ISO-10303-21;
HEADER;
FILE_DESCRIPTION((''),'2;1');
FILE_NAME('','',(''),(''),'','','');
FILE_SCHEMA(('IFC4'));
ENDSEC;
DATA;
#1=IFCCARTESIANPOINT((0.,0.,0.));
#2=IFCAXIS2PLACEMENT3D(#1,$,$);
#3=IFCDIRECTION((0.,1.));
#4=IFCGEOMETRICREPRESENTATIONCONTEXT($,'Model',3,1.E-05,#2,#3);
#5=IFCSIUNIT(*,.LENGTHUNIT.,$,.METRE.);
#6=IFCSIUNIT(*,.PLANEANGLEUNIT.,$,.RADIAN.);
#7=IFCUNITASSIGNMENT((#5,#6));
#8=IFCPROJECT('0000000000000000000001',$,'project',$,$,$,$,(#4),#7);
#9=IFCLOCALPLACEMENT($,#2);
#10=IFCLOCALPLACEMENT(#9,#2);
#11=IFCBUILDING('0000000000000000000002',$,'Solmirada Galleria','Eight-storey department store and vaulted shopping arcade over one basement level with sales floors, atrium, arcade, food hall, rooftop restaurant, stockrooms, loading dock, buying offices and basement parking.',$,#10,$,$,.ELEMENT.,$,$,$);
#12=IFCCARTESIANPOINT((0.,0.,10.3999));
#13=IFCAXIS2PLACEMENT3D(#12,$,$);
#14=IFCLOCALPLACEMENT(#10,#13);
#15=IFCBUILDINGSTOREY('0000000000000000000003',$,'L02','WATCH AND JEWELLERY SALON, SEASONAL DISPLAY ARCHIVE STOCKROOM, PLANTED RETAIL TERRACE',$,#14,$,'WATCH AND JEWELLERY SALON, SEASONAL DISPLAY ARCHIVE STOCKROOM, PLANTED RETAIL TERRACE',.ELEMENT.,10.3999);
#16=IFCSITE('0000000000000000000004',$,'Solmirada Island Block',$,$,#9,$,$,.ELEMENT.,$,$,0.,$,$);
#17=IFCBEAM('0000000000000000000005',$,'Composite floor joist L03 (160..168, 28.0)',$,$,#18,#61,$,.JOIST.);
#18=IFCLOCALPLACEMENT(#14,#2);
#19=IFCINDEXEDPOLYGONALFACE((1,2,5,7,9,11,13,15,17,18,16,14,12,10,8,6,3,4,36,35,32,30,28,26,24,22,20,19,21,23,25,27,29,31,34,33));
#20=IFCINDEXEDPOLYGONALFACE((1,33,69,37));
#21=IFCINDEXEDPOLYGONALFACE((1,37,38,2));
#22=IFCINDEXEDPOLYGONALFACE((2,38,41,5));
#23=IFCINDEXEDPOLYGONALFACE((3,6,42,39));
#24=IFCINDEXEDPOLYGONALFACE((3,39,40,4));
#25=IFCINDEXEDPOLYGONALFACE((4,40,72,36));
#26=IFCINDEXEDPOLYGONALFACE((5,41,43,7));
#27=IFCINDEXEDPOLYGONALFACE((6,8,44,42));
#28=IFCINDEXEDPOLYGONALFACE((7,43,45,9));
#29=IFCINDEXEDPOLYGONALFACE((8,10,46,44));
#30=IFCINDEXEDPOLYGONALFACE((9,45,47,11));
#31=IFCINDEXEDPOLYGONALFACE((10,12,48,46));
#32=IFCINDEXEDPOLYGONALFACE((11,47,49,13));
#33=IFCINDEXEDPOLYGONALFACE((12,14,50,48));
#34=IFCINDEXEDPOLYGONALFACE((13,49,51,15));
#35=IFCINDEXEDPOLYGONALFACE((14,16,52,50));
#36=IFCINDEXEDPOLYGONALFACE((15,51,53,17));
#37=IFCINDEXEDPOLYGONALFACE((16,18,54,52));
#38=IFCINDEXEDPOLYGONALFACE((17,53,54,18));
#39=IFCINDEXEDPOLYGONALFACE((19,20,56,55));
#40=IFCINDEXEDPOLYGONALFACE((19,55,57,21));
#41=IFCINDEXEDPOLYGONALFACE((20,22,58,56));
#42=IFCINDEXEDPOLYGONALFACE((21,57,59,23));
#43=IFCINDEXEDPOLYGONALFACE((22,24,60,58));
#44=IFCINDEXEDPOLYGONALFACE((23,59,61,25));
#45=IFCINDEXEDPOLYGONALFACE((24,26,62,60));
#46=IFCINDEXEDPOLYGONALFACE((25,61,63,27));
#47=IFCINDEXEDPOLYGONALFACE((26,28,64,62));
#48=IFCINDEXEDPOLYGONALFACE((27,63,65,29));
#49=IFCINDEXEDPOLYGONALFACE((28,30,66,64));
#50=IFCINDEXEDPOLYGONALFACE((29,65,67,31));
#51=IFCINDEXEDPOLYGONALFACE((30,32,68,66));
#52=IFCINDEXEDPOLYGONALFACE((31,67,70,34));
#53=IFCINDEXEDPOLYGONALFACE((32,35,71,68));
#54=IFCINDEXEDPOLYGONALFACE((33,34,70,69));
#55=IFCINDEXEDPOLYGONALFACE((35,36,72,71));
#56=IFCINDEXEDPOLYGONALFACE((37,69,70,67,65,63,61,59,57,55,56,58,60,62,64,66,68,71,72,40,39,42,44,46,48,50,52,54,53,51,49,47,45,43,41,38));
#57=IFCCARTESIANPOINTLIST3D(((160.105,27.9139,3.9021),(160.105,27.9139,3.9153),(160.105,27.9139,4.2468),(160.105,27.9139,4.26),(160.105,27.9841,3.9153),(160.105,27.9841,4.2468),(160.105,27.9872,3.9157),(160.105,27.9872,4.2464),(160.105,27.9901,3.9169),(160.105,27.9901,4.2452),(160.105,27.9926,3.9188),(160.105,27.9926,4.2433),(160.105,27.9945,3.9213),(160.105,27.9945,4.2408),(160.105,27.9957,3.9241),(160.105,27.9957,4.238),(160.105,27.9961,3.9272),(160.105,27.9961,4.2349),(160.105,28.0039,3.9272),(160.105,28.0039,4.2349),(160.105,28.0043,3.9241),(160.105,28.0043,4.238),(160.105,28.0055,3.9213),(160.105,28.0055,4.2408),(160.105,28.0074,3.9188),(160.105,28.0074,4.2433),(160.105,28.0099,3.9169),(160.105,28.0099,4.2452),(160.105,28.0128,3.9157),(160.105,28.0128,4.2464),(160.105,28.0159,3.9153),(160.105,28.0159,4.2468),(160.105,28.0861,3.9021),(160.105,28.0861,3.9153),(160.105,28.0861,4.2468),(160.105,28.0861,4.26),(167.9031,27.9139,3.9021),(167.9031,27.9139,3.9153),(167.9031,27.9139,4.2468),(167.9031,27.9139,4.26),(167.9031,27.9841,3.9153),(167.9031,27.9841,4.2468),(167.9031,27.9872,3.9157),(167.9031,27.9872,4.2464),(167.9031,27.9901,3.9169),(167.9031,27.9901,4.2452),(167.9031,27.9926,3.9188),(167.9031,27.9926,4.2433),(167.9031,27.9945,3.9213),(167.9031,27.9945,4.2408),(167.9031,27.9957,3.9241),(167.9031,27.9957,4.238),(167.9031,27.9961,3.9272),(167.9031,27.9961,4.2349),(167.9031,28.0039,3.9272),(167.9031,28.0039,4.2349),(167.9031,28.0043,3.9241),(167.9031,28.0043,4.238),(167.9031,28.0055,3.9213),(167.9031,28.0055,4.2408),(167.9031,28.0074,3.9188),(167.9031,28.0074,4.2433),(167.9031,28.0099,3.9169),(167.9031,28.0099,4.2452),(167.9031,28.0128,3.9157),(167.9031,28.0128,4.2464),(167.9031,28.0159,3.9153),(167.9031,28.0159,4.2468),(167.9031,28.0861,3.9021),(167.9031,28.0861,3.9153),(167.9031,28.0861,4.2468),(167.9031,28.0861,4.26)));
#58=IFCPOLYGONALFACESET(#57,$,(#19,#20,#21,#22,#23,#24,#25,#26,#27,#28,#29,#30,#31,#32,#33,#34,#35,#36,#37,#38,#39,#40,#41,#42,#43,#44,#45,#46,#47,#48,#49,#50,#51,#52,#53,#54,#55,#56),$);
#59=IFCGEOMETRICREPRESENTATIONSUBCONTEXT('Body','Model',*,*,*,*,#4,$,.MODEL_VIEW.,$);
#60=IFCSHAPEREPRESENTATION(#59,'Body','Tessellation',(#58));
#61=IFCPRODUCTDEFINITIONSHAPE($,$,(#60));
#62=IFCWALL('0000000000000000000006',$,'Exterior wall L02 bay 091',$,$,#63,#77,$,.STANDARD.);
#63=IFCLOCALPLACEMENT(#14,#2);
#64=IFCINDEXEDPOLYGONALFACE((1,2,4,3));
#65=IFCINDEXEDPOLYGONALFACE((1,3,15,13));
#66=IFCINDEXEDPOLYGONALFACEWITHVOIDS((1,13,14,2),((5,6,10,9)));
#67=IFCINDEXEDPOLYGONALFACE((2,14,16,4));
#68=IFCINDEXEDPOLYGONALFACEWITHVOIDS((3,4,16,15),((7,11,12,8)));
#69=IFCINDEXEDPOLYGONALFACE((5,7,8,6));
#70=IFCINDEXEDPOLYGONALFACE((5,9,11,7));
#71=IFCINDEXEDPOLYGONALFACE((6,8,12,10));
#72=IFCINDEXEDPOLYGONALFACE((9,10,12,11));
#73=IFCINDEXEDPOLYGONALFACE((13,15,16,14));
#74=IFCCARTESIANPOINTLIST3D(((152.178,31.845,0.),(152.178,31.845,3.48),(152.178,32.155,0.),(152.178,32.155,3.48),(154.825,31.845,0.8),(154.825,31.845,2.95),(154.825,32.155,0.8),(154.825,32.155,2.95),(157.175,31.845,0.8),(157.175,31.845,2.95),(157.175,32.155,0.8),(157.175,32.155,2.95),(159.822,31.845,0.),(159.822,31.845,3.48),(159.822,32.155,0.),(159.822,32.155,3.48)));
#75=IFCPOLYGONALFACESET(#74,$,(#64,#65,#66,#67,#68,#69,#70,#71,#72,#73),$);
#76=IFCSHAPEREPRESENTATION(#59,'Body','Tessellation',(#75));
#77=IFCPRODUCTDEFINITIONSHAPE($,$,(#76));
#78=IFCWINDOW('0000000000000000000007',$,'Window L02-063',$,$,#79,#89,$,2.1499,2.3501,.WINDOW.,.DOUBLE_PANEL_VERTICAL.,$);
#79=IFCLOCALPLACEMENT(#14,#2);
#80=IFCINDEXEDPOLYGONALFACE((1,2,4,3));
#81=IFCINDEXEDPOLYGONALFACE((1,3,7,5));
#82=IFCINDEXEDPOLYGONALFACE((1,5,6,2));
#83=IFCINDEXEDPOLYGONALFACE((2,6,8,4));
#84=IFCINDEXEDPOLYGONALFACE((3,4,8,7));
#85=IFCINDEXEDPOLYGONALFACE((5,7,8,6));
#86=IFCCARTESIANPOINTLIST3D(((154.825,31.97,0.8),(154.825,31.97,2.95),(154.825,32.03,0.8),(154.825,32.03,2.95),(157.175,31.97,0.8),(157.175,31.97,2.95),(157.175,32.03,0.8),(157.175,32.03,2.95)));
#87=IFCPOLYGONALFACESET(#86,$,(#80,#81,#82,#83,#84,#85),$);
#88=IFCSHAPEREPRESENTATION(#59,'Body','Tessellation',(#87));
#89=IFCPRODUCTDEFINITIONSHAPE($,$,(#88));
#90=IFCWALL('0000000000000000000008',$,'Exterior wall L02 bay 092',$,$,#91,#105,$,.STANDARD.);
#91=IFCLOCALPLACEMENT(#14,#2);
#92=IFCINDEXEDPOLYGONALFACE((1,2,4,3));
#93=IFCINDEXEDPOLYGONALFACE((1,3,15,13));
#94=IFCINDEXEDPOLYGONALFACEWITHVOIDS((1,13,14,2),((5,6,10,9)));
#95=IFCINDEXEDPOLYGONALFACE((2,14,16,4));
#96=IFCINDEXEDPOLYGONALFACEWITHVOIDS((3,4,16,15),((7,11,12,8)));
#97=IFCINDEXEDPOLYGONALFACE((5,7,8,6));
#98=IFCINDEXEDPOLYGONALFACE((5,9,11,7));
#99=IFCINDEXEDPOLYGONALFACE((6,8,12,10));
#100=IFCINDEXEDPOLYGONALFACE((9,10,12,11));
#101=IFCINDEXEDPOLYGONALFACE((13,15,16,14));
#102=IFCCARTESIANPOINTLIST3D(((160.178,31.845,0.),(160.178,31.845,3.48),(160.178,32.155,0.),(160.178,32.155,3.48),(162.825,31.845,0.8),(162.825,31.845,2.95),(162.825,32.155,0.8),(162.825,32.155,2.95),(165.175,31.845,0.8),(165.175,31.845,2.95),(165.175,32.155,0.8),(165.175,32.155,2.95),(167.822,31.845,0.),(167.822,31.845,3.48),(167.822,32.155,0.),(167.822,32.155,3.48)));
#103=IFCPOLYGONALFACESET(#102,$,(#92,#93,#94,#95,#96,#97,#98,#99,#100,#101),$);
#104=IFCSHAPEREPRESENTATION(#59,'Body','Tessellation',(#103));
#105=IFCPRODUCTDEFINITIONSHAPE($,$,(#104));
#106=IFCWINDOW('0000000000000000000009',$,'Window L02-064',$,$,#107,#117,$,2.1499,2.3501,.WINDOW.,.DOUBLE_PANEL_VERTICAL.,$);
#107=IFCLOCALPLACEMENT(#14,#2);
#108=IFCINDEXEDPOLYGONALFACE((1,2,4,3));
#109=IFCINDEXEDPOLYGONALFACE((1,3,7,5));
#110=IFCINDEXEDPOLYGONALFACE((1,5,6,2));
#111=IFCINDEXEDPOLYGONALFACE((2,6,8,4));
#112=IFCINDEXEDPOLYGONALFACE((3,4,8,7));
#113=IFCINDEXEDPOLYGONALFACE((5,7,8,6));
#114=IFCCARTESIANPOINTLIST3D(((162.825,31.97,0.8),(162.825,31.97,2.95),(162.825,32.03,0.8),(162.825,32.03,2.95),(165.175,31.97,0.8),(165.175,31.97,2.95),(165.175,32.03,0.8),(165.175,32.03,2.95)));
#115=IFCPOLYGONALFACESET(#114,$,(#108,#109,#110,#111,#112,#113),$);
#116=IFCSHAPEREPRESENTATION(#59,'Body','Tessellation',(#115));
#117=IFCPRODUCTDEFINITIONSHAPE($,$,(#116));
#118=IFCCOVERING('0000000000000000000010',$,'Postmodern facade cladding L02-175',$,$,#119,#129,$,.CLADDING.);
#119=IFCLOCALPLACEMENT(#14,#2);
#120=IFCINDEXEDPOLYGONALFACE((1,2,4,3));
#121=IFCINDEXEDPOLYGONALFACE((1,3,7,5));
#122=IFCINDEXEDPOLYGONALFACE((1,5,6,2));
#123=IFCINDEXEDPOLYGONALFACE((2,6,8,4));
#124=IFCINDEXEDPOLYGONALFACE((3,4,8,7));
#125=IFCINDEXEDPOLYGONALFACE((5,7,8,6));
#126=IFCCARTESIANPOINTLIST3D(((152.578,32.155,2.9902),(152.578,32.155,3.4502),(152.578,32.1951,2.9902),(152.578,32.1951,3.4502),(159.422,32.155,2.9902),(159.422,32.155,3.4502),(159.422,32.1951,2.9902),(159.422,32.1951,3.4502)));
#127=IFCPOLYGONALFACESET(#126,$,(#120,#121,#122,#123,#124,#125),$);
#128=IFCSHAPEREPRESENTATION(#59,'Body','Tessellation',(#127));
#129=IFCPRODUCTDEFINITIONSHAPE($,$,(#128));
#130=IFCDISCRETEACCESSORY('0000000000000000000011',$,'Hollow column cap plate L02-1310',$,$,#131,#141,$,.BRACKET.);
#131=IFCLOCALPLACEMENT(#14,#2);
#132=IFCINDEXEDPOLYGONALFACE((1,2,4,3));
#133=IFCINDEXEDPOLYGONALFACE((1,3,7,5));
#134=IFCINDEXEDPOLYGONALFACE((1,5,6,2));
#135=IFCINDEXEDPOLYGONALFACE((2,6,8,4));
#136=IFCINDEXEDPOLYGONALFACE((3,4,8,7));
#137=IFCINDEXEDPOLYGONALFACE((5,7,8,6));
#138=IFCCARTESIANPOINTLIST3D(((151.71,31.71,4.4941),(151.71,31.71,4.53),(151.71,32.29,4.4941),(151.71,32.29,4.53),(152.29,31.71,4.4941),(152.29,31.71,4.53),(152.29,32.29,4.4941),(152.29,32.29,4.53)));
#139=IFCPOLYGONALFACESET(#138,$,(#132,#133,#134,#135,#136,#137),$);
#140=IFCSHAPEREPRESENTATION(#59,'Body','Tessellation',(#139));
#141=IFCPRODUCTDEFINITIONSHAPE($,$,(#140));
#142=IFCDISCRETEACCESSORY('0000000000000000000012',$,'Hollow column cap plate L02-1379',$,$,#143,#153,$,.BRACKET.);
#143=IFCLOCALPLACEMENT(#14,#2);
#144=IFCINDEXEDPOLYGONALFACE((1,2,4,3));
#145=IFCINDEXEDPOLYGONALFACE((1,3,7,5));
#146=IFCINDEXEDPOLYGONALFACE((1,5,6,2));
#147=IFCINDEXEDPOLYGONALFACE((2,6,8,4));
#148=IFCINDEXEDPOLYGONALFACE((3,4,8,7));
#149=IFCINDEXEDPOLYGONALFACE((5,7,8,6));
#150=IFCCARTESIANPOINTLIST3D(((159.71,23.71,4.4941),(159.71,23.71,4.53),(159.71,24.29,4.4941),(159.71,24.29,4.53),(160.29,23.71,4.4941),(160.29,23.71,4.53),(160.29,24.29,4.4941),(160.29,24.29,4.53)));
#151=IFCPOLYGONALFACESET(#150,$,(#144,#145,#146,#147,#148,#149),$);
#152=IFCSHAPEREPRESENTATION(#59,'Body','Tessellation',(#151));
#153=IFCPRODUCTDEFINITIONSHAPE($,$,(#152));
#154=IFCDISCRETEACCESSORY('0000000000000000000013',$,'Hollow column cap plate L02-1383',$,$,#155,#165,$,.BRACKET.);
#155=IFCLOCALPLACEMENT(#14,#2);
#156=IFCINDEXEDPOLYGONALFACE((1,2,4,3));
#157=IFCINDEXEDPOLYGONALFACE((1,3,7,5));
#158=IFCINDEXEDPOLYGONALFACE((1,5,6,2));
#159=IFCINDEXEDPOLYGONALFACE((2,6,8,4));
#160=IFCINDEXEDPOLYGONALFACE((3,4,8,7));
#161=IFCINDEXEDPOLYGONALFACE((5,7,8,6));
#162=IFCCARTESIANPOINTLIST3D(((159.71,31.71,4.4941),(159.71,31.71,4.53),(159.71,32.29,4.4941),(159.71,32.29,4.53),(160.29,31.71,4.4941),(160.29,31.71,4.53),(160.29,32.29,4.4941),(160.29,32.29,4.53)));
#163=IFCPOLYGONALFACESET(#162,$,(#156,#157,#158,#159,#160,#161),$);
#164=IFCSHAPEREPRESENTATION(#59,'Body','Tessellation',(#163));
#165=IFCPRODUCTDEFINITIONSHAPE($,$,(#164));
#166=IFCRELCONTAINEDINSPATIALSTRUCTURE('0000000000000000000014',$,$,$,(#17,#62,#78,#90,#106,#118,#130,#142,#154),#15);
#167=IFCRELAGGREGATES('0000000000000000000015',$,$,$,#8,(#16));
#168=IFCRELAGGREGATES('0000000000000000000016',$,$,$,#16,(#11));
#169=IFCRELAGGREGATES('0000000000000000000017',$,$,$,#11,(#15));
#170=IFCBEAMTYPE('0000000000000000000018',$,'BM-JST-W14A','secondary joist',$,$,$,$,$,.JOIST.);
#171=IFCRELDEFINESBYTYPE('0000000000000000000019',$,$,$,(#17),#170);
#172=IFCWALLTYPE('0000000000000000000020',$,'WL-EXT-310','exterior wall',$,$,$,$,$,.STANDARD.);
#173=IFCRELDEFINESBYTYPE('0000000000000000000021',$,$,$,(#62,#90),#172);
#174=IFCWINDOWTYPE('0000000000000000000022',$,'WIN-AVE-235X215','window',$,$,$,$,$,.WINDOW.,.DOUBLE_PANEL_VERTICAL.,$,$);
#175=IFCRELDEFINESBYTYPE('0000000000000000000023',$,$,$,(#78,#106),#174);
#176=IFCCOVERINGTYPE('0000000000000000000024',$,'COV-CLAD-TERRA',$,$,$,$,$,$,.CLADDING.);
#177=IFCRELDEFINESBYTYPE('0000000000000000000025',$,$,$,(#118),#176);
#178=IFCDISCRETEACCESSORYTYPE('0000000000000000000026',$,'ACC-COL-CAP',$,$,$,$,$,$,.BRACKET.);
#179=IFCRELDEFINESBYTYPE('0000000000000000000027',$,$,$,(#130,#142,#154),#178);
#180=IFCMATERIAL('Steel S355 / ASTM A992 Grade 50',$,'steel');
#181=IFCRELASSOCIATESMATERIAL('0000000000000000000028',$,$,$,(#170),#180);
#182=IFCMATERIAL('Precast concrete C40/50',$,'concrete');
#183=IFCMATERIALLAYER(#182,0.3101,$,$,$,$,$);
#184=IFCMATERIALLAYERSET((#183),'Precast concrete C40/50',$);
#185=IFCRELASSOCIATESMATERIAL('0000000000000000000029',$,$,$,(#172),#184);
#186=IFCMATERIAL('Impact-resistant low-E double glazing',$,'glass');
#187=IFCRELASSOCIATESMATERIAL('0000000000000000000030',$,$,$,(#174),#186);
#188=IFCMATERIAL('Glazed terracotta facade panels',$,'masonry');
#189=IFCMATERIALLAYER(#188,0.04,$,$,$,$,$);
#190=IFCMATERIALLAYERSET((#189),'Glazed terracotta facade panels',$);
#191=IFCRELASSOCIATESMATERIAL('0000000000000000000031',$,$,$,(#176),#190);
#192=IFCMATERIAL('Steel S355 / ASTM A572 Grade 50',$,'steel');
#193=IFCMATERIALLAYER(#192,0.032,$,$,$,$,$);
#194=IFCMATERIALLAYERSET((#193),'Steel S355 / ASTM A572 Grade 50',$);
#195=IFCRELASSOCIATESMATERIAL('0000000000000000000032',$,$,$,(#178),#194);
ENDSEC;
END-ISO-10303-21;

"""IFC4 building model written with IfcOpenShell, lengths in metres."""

from ifc_helpers import new_model, si_unit, direction, frame, frame_2d, origin, origin_2d, place, context, subcontext, project, spatial, rectangle, i_section, extrude, material, layer, layer_set, material_profile, profile_set, type_object, element, fill, save


model = new_model("IFC4")

# Units and contexts
model_context = context("Model", 3, precision=1e-05, world=origin(), true_north=direction((0.0, 1.0)))
body_context = subcontext(model_context, "Body", "Model", "MODEL_VIEW")
ifc_project = project(units=[si_unit("LENGTHUNIT", "METRE"), si_unit("PLANEANGLEUNIT", "RADIAN")], contexts=[model_context])

# Site, building, storey
site_placement = place(None, origin())
site = spatial("IfcSite", under=ifc_project, at=site_placement, Name="Solmirada Island Block", CompositionType="ELEMENT", RefElevation=0.0)
building_placement = place(site_placement, origin())
building = spatial("IfcBuilding", under=site, at=building_placement, Name="Solmirada Galleria", Description="Eight-storey department store and vaulted shopping arcade over one basement level with sales floors, atrium, arcade, food hall, rooftop restaurant, stockrooms, loading dock, buying offices and basement parking.", CompositionType="ELEMENT")
storey_placement = place(building_placement, frame((0.0, 0.0, 10.3999)))
storey = spatial("IfcBuildingStorey", under=building, at=storey_placement, Name="L02", Description="WATCH AND JEWELLERY SALON, SEASONAL DISPLAY ARCHIVE STOCKROOM, PLANTED RETAIL TERRACE", LongName="WATCH AND JEWELLERY SALON, SEASONAL DISPLAY ARCHIVE STOCKROOM, PLANTED RETAIL TERRACE", CompositionType="ELEMENT", Elevation=10.3999)

# Beam
ifc_material_1 = material(Name="Steel S355 / ASTM A992 Grade 50", Category="steel")
ifc_material_profile_1 = material_profile(ifc_material_1, i_section(OverallWidth=0.1721, OverallDepth=0.3579, WebThickness=0.0078, FlangeThickness=0.0132, FilletRadius=0.012, at=origin_2d()), Name="W14X38")
ifc_profile_set_1 = profile_set([ifc_material_profile_1], Name="Steel S355 / ASTM A992 Grade 50")
beam_type_1 = type_object("IfcBeamType", Name="BM-JST-W14A", Description="secondary joist", PredefinedType="JOIST", material=ifc_profile_set_1)
for number, where, z_axis, x_axis, name in (
    (1, (160.105, 28.0, 4.0811), (1.0, 0.0, 0.0), (0.0, 1.0, 0.0), "Composite floor joist L03 (160..168, 28.0)"),
):
    element("IfcBeam", number, at=place(storey_placement, frame(where, z_axis=z_axis, x_axis=x_axis)), inside=storey, type_object=beam_type_1, Name=name, PredefinedType="JOIST", context=body_context, shape_type="SweptSolid", body=[
        extrude(i_section(OverallWidth=0.1721, OverallDepth=0.3579, WebThickness=0.0078, FlangeThickness=0.0132, FilletRadius=0.012, at=origin_2d()), origin(), (0.0, 0.0, 1.0), 7.7981),
    ])

# Walls, openings, windows
ifc_material_2 = material(Name="Precast concrete C40/50", Category="concrete")
ifc_layer_1 = layer(ifc_material_2, 0.3101)
ifc_layer_set_1 = layer_set([ifc_layer_1], Name="Precast concrete C40/50")
wall_type = type_object("IfcWallType", Name="WL-EXT-310", Description="exterior wall", PredefinedType="STANDARD", material=ifc_layer_set_1)
wall_1_placement = place(storey_placement, frame((152.178, 32.0, 0.0), z_axis=(0.0, 0.0, 1.0), x_axis=(1.0, 0.0, 0.0)))
wall_1 = element("IfcWall", 2, at=wall_1_placement, inside=storey, type_object=wall_type, Name="Exterior wall L02 bay 091", PredefinedType="STANDARD", context=body_context, shape_type="SweptSolid", body=[
    extrude(rectangle(XDim=7.644, YDim=0.3101, at=frame_2d((3.822, 0.0))), origin(), (0.0, 0.0, 1.0), 3.48),
])
opening_1_placement = place(wall_1_placement, frame((2.647, 0.0, 0.8)))
opening_1 = element("IfcOpeningElement", 3, at=opening_1_placement, cuts=wall_1, PredefinedType="OPENING", context=body_context, shape_type="SweptSolid", body=[
    extrude(rectangle(XDim=2.3501, YDim=2.1499, at=frame_2d((1.175, 1.075))), frame((0.0, 0.165, 0.0), z_axis=(0.0, -1.0, 0.0), x_axis=(1.0, 0.0, 0.0)), (0.0, 0.0, 1.0), 0.3301),
])
ifc_material_3 = material(Name="Impact-resistant low-E double glazing", Category="glass")
window_type = type_object("IfcWindowType", Name="WIN-AVE-235X215", Description="window", PartitioningType="DOUBLE_PANEL_VERTICAL", PredefinedType="WINDOW", material=ifc_material_3)
window_1_placement = place(opening_1_placement, origin())
window_1 = element("IfcWindow", 4, at=window_1_placement, inside=storey, type_object=window_type, Name="Window L02-063", OverallHeight=2.1499, OverallWidth=2.3501, PartitioningType="DOUBLE_PANEL_VERTICAL", PredefinedType="WINDOW", context=body_context, shape_type="SweptSolid", body=[
    extrude(rectangle(XDim=2.3501, YDim=2.1499, at=frame_2d((1.175, 1.075))), frame((0.0, 0.03, 0.0), z_axis=(0.0, -1.0, 0.0), x_axis=(1.0, 0.0, 0.0)), (0.0, 0.0, 1.0), 0.0601),
])
fill(opening_1, window_1)
wall_2_placement = place(storey_placement, frame((160.178, 32.0, 0.0), z_axis=(0.0, 0.0, 1.0), x_axis=(1.0, 0.0, 0.0)))
wall_2 = element("IfcWall", 5, at=wall_2_placement, inside=storey, type_object=wall_type, Name="Exterior wall L02 bay 092", PredefinedType="STANDARD", context=body_context, shape_type="SweptSolid", body=[
    extrude(rectangle(XDim=7.644, YDim=0.3101, at=frame_2d((3.822, 0.0))), origin(), (0.0, 0.0, 1.0), 3.48),
])
opening_2_placement = place(wall_2_placement, frame((2.647, 0.0, 0.8)))
opening_2 = element("IfcOpeningElement", 6, at=opening_2_placement, cuts=wall_2, PredefinedType="OPENING", context=body_context, shape_type="SweptSolid", body=[
    extrude(rectangle(XDim=2.3501, YDim=2.1499, at=frame_2d((1.175, 1.075))), frame((0.0, 0.165, 0.0), z_axis=(0.0, -1.0, 0.0), x_axis=(1.0, 0.0, 0.0)), (0.0, 0.0, 1.0), 0.3301),
])
window_2_placement = place(opening_2_placement, origin())
window_2 = element("IfcWindow", 7, at=window_2_placement, inside=storey, type_object=window_type, Name="Window L02-064", OverallHeight=2.1499, OverallWidth=2.3501, PartitioningType="DOUBLE_PANEL_VERTICAL", PredefinedType="WINDOW", context=body_context, shape_type="SweptSolid", body=[
    extrude(rectangle(XDim=2.3501, YDim=2.1499, at=frame_2d((1.175, 1.075))), frame((0.0, 0.03, 0.0), z_axis=(0.0, -1.0, 0.0), x_axis=(1.0, 0.0, 0.0)), (0.0, 0.0, 1.0), 0.0601),
])
fill(opening_2, window_2)

# Covering
ifc_material_4 = material(Name="Glazed terracotta facade panels", Category="masonry")
ifc_layer_2 = layer(ifc_material_4, 0.04)
ifc_layer_set_2 = layer_set([ifc_layer_2], Name="Glazed terracotta facade panels")
covering_type = type_object("IfcCoveringType", Name="COV-CLAD-TERRA", PredefinedType="CLADDING", material=ifc_layer_set_2)
covering_placement = place(storey_placement, frame((156.0, 32.175, 2.9902), z_axis=(0.0, 0.0, 1.0), x_axis=(1.0, 0.0, 0.0)))
element("IfcCovering", 8, at=covering_placement, inside=storey, type_object=covering_type, Name="Postmodern facade cladding L02-175", PredefinedType="CLADDING", context=body_context, shape_type="SweptSolid", body=[
    extrude(rectangle(XDim=6.844, YDim=0.04, at=origin_2d()), origin(), (0.0, 0.0, 1.0), 0.46),
])

# Discrete accessories
ifc_material_5 = material(Name="Steel S355 / ASTM A572 Grade 50", Category="steel")
ifc_layer_3 = layer(ifc_material_5, 0.032)
ifc_layer_set_3 = layer_set([ifc_layer_3], Name="Steel S355 / ASTM A572 Grade 50")
discrete_accessory_type = type_object("IfcDiscreteAccessoryType", Name="ACC-COL-CAP", PredefinedType="BRACKET", material=ifc_layer_set_3)
for number, where, z_axis, x_axis, name in (
    (9, (152.0, 32.0, 4.4941), (0.0, 0.0, 1.0), (1.0, 0.0, 0.0), "Hollow column cap plate L02-1310"),
    (10, (160.0, 24.0, 4.4941), (0.0, 0.0, 1.0), (1.0, 0.0, 0.0), "Hollow column cap plate L02-1379"),
    (11, (160.0, 32.0, 4.4941), (0.0, 0.0, 1.0), (1.0, 0.0, 0.0), "Hollow column cap plate L02-1383"),
):
    element("IfcDiscreteAccessory", number, at=place(storey_placement, frame(where, z_axis=z_axis, x_axis=x_axis)), inside=storey, type_object=discrete_accessory_type, Name=name, PredefinedType="BRACKET", context=body_context, shape_type="SweptSolid", body=[
        extrude(rectangle(XDim=0.5801, YDim=0.5801, at=origin_2d()), origin(), (0.0, 0.0, 1.0), 0.0359),
    ])

save(model, "model.ifc")
